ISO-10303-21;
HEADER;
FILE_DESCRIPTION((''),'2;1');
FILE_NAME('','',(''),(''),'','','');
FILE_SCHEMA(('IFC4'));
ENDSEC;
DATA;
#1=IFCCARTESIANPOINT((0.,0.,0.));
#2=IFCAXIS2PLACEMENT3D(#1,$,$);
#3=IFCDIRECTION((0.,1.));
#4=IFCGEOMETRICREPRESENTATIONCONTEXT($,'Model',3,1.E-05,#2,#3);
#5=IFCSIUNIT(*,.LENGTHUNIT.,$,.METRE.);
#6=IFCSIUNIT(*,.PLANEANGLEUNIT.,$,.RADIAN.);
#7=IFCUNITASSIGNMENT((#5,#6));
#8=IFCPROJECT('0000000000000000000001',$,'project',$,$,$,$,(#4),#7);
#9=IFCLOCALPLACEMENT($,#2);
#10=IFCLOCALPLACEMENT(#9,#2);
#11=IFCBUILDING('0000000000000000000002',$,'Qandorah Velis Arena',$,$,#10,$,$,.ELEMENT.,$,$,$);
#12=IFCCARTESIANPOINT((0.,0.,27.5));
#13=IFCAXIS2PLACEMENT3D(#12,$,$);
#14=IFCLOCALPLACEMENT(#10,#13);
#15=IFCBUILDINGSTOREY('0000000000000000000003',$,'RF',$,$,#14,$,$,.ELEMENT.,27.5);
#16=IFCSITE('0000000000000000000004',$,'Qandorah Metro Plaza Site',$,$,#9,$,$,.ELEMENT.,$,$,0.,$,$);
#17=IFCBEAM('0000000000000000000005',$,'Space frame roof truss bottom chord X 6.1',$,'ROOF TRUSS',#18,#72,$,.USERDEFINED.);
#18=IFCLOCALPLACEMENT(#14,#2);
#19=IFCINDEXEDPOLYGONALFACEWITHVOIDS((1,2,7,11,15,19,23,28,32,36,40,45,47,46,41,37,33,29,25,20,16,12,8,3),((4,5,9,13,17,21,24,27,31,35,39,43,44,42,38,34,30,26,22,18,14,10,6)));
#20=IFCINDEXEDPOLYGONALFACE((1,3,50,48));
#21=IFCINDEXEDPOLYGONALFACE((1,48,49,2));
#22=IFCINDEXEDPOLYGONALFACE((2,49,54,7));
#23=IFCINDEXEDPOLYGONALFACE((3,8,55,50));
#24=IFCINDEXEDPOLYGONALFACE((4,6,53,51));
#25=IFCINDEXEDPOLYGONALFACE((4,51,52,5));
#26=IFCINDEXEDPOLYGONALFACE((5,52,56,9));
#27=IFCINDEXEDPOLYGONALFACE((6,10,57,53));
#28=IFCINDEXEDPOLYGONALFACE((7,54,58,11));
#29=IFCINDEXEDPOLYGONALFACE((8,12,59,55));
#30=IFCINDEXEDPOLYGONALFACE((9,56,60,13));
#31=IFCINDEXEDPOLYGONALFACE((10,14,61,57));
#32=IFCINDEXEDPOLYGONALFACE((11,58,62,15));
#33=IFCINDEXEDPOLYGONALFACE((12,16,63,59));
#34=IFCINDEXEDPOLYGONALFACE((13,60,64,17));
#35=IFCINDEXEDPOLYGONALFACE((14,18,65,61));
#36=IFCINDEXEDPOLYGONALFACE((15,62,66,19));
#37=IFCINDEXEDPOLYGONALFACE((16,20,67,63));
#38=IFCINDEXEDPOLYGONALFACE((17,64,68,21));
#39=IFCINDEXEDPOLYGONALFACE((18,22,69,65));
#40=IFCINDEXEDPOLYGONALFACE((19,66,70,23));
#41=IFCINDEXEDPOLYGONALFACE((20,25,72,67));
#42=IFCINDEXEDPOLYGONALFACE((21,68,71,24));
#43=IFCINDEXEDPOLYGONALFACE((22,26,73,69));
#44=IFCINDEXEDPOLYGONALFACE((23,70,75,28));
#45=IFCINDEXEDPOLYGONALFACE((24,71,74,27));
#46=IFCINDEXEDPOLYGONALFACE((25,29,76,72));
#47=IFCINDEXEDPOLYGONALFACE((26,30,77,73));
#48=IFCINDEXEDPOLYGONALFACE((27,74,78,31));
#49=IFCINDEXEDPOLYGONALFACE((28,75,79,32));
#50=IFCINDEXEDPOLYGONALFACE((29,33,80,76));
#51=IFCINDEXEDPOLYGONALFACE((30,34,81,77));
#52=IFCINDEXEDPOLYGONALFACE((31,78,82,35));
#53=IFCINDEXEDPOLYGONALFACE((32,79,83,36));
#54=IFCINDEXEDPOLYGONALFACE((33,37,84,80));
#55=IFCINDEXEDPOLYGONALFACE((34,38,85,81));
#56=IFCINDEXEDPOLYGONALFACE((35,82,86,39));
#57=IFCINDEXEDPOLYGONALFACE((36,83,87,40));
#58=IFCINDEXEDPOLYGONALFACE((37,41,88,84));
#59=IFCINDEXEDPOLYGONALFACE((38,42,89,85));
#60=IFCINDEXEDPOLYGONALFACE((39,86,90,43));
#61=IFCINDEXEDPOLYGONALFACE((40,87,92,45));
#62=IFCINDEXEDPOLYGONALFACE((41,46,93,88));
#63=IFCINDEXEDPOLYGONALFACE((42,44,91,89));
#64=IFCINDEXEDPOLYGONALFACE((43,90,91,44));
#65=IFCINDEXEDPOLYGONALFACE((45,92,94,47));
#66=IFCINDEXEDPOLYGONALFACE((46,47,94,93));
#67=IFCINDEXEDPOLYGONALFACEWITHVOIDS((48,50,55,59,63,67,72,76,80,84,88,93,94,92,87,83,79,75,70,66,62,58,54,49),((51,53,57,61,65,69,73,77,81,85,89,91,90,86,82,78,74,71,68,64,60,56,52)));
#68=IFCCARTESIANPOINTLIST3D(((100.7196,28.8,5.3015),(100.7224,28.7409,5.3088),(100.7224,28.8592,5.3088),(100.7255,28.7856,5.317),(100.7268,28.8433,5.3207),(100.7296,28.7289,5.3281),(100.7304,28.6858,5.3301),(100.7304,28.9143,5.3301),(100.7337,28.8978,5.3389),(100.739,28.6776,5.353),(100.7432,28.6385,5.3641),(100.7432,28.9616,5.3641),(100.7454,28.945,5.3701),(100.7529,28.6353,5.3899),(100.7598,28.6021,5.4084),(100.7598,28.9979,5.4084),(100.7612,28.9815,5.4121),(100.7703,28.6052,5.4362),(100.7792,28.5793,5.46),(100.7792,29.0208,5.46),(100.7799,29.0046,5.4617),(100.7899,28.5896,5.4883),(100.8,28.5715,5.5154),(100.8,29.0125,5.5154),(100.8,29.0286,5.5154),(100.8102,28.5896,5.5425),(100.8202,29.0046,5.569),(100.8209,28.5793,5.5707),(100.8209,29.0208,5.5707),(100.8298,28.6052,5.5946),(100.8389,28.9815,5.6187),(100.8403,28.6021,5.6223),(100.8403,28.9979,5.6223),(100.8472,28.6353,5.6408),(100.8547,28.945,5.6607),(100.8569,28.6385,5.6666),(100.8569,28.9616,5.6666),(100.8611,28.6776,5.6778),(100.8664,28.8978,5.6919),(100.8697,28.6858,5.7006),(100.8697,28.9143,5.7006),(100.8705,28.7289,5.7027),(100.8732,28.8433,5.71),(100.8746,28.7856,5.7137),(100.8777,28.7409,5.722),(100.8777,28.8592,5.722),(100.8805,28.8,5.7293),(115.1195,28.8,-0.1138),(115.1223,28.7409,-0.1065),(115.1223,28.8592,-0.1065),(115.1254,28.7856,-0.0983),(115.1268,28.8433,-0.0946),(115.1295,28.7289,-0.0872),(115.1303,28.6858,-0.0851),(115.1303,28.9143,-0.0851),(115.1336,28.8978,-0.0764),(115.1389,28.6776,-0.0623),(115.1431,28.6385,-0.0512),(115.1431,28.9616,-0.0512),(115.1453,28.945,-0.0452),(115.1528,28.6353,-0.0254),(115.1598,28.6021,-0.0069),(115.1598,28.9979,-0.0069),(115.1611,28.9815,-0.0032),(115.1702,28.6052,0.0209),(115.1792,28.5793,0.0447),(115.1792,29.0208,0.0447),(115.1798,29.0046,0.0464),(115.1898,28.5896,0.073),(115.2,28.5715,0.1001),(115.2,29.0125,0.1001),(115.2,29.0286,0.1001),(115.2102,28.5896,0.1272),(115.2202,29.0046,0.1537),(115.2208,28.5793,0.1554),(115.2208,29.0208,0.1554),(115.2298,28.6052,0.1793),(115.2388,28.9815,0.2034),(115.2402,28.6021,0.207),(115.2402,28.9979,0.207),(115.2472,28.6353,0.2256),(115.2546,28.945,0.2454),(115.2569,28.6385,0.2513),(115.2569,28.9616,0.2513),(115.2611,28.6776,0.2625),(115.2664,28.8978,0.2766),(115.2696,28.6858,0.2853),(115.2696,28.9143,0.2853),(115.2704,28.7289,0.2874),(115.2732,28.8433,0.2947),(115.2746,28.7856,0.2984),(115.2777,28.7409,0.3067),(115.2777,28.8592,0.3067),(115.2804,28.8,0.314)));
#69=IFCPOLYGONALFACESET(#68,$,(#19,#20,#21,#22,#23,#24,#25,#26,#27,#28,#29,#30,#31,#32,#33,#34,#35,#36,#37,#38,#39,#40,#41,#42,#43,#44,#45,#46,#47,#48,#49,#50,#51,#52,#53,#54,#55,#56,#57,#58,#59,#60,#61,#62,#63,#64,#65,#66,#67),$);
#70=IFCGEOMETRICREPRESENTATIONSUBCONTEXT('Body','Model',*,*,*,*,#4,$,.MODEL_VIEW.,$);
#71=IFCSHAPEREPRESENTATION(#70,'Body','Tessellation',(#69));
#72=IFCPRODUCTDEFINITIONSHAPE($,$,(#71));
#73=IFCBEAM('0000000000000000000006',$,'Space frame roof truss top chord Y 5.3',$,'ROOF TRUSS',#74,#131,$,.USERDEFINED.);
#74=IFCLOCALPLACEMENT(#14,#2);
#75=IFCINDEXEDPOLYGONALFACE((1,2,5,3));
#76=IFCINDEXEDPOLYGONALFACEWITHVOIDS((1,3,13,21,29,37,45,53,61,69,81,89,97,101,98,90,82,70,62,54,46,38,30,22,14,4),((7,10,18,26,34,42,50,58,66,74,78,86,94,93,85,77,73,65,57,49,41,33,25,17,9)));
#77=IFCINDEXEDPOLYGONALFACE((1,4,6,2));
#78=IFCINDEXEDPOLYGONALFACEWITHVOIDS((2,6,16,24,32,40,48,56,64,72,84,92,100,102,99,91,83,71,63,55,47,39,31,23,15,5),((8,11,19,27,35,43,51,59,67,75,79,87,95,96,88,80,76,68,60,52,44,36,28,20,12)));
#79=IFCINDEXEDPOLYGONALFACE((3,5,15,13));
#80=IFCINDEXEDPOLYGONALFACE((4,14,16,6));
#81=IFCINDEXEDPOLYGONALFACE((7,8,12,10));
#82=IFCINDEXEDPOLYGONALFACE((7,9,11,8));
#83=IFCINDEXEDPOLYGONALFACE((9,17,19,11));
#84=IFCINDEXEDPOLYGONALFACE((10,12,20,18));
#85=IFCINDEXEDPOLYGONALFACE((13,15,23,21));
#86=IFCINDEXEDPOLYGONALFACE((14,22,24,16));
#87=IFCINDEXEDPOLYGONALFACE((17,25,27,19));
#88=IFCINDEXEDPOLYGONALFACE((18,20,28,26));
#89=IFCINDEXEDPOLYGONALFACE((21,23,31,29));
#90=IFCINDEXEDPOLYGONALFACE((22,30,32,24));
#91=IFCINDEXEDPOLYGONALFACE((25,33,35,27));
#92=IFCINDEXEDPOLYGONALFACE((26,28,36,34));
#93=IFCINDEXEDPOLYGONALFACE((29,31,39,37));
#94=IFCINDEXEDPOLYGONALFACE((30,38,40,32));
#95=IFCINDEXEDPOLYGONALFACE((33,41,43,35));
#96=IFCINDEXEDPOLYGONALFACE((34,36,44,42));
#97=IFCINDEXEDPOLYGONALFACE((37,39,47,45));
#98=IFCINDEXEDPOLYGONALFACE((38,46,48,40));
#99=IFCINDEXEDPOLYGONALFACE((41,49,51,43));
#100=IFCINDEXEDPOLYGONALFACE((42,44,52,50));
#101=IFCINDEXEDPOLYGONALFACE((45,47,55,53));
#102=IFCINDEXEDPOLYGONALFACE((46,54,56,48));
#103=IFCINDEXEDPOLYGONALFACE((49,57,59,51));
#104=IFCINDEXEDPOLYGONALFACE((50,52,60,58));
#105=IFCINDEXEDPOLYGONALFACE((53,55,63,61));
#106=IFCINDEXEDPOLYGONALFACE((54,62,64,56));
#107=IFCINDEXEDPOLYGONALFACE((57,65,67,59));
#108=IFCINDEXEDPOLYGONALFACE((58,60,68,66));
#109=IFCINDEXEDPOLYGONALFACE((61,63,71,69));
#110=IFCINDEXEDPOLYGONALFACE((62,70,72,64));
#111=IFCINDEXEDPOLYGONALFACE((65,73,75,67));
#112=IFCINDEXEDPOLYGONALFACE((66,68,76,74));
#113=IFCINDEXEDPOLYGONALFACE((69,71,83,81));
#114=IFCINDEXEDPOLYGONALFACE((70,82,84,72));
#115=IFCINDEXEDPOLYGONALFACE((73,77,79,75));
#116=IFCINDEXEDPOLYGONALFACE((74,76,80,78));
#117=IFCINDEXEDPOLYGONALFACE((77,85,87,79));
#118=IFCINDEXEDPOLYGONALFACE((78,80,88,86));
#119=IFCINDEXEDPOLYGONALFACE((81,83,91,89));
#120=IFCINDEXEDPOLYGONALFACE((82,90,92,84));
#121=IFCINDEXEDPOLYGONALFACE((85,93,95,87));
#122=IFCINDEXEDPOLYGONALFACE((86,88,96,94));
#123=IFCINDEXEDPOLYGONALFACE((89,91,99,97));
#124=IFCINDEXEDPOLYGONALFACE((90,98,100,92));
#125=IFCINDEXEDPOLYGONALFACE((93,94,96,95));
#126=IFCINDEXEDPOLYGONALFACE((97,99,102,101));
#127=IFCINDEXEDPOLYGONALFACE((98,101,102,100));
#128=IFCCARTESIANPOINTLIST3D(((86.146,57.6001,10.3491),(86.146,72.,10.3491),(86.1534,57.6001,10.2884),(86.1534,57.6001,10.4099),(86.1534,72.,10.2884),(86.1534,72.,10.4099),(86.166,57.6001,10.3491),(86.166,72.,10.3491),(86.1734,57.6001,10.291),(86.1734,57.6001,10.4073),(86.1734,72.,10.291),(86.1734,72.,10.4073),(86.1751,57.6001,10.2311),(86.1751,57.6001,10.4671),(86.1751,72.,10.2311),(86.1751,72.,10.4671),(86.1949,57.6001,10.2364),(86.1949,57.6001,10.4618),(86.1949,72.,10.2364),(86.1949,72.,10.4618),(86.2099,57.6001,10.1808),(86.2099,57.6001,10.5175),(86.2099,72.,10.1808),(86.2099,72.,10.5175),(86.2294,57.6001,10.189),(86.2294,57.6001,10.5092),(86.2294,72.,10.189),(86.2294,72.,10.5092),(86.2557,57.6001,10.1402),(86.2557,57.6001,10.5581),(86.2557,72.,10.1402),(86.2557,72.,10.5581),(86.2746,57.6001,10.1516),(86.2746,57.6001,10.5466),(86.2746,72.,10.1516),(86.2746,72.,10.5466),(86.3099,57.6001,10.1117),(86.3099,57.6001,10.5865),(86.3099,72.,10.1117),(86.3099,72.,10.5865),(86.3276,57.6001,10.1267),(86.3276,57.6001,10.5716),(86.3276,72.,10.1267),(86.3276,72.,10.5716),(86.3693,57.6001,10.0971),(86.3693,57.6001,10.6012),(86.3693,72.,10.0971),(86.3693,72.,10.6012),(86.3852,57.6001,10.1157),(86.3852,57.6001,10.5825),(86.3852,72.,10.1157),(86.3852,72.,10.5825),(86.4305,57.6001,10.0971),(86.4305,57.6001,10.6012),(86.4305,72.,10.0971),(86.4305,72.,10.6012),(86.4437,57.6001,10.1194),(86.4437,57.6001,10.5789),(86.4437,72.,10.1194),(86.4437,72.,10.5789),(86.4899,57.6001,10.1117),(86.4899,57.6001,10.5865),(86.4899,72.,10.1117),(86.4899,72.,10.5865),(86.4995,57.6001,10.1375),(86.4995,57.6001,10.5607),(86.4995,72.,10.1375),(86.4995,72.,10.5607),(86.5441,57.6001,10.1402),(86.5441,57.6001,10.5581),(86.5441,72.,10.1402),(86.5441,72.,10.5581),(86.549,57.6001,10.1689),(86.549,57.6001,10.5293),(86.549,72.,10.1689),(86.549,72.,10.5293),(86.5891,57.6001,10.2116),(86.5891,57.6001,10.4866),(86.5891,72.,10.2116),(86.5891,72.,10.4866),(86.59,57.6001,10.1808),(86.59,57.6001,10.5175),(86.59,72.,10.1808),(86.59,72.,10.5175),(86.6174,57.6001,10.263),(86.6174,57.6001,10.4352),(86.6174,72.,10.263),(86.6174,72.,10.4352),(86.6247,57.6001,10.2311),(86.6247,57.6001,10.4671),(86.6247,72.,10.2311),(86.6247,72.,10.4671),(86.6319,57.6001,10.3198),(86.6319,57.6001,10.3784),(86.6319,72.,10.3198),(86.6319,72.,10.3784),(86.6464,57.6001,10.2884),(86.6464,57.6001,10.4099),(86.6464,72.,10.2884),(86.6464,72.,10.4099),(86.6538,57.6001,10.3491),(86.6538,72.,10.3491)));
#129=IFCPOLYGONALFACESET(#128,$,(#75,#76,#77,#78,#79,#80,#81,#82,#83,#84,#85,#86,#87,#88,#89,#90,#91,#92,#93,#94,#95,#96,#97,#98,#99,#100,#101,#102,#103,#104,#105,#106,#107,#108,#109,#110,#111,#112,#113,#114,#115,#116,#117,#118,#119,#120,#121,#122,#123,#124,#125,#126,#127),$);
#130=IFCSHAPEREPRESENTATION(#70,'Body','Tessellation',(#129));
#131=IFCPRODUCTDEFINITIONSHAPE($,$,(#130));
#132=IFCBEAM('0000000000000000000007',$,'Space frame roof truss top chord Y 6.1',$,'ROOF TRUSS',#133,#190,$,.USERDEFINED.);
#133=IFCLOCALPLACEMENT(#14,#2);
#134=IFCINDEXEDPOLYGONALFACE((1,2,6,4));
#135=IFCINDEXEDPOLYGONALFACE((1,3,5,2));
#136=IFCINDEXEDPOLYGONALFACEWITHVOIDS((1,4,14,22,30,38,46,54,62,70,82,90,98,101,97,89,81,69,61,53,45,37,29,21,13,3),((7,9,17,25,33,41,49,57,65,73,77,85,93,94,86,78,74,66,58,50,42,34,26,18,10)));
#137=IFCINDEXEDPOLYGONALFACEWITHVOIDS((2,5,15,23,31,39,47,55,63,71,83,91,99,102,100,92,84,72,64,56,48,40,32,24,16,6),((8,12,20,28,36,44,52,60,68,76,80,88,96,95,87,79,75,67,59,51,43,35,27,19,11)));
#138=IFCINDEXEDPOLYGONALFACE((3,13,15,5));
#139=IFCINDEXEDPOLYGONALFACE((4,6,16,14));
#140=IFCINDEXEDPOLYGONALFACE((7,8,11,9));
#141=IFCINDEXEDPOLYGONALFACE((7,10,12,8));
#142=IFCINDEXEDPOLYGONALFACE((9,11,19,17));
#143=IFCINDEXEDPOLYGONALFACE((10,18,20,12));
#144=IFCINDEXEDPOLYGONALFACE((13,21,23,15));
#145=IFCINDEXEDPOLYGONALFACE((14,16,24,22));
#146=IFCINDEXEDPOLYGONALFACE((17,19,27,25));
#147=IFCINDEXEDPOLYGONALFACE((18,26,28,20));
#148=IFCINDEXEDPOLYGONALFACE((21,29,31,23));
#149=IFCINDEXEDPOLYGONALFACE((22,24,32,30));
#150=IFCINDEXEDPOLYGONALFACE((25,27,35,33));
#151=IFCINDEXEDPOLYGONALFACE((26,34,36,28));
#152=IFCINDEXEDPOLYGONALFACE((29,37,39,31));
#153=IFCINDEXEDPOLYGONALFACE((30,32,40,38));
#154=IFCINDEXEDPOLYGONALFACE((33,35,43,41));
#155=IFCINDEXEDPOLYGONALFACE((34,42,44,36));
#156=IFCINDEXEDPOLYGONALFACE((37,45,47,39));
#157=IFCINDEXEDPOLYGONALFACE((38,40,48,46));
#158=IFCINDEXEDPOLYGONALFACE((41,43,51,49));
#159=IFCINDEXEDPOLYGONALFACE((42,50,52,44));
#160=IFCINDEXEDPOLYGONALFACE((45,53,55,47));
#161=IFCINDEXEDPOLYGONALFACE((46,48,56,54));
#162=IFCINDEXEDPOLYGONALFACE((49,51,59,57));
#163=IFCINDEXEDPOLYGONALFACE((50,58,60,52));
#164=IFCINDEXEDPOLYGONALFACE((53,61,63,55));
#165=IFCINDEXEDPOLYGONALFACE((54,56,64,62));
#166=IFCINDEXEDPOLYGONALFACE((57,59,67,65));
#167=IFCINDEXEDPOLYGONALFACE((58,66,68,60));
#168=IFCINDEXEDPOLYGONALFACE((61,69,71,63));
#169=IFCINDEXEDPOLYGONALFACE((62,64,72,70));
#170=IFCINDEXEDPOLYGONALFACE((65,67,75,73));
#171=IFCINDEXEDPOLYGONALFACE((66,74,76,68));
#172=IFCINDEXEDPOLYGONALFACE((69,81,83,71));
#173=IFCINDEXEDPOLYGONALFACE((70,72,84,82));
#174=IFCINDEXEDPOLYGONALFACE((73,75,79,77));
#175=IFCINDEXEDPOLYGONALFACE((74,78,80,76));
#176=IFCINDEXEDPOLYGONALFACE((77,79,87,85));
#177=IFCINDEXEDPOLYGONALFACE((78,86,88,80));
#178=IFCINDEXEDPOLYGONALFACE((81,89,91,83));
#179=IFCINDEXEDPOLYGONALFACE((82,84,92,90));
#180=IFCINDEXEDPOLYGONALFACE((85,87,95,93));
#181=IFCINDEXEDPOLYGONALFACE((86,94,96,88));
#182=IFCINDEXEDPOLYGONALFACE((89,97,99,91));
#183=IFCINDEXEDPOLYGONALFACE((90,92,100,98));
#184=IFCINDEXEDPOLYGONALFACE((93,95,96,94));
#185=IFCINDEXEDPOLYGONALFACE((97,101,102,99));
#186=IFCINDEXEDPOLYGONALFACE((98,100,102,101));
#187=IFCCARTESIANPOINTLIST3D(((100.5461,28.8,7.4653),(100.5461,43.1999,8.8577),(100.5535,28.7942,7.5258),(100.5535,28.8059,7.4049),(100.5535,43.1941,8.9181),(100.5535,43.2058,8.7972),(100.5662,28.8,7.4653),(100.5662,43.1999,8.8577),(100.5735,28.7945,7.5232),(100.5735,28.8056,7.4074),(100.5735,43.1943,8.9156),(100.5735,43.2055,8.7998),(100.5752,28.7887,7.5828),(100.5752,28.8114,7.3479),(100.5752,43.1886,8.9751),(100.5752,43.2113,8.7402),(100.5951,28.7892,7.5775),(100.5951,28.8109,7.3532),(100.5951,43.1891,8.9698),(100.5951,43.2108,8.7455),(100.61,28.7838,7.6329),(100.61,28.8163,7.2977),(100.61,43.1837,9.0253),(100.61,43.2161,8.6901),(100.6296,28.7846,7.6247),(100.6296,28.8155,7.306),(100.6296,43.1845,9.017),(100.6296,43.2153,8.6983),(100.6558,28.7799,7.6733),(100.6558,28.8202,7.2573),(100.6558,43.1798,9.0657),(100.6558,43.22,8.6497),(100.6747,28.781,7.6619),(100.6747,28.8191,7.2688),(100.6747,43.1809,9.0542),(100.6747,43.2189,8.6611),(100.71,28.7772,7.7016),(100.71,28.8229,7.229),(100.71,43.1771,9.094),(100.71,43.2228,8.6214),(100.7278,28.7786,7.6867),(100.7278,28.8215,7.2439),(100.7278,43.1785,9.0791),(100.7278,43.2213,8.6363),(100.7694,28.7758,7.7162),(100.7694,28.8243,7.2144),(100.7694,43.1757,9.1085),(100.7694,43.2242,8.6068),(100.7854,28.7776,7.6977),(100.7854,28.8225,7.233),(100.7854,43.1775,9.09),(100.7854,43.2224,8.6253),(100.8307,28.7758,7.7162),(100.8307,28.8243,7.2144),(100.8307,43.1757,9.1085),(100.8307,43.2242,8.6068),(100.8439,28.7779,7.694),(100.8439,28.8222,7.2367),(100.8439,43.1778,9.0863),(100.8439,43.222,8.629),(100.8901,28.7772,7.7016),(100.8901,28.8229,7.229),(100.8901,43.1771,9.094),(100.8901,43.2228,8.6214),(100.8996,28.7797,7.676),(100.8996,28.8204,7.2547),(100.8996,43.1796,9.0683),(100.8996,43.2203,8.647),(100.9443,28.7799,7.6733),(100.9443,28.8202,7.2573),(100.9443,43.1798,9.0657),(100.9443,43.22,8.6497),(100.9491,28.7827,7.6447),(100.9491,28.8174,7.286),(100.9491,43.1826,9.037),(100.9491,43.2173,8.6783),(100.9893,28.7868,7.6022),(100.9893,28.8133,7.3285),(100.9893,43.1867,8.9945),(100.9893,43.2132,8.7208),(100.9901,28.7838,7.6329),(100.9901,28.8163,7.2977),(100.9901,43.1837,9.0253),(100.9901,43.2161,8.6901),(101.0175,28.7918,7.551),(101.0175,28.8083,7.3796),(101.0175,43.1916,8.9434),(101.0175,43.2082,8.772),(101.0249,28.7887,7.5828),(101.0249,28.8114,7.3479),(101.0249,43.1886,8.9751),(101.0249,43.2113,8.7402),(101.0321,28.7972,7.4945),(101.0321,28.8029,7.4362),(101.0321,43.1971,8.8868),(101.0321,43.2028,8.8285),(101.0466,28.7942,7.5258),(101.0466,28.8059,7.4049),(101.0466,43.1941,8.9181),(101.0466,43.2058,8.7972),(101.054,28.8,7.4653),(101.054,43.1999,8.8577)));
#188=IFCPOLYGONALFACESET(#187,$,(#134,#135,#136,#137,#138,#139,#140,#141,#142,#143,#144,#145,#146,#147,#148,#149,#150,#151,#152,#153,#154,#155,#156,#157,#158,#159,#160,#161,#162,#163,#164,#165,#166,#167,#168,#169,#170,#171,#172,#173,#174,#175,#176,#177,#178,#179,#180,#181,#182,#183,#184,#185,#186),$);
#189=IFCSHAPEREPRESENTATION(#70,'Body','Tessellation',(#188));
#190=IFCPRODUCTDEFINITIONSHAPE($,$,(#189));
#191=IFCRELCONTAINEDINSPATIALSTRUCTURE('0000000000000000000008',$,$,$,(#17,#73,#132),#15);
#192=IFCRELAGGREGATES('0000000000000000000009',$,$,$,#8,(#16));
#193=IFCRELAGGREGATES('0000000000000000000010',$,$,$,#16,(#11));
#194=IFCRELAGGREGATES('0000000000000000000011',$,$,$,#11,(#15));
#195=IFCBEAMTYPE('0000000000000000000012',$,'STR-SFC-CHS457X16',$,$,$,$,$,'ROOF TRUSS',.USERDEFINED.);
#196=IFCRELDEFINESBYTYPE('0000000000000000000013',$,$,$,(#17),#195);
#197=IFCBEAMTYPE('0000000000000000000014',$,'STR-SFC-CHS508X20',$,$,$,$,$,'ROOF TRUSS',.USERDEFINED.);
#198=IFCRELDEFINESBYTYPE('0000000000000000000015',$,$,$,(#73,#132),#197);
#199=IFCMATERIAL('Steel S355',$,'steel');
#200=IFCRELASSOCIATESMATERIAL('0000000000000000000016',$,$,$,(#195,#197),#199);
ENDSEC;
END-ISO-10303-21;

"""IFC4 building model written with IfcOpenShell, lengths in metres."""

from ifc_helpers import new_model, si_unit, direction, frame, origin, origin_2d, place, context, subcontext, project, spatial, hollow_circle, extrude, material, material_profile, profile_set, type_object, element, save


model = new_model("IFC4")

# Units and contexts
model_context = context("Model", 3, precision=1e-05, world=origin(), true_north=direction((0.0, 1.0)))
body_context = subcontext(model_context, "Body", "Model", "MODEL_VIEW")
ifc_project = project(units=[si_unit("LENGTHUNIT", "METRE"), si_unit("PLANEANGLEUNIT", "RADIAN")], contexts=[model_context])

# Site, building, storey
site_placement = place(None, origin())
site = spatial("IfcSite", under=ifc_project, at=site_placement, Name="Qandorah Metro Plaza Site", CompositionType="ELEMENT", RefElevation=0.0)
building_placement = place(site_placement, origin())
building = spatial("IfcBuilding", under=site, at=building_placement, Name="Qandorah Velis Arena", CompositionType="ELEMENT")
storey_placement = place(building_placement, frame((0.0, 0.0, 27.5)))
storey = spatial("IfcBuildingStorey", under=building, at=storey_placement, Name="RF", CompositionType="ELEMENT", Elevation=27.5)

# Shared definitions
ifc_material_1 = material(Name="Steel S355", Category="steel")

# Beams
ifc_material_profile_1 = material_profile(ifc_material_1, hollow_circle(Radius=0.2285, WallThickness=0.0161, at=origin_2d()), Name="CHS 457x16")
ifc_profile_set_1 = profile_set([ifc_material_profile_1], Name="Steel S355")
beam_type_1 = type_object("IfcBeamType", Name="STR-SFC-CHS457X16", ElementType="ROOF TRUSS", PredefinedType="USERDEFINED", material=ifc_profile_set_1)
beam_1_placement = place(storey_placement, frame((100.8, 28.8, 5.5154), z_axis=(0.936001, 0.0, -0.351996), x_axis=(0.0, 1.0, 0.0)))
element("IfcBeam", 1, at=beam_1_placement, inside=storey, type_object=beam_type_1, Name="Space frame roof truss bottom chord X 6.1", ObjectType="ROOF TRUSS", PredefinedType="USERDEFINED", context=body_context, shape_type="SweptSolid", body=[
    extrude(hollow_circle(Radius=0.2285, WallThickness=0.0161, at=origin_2d()), origin(), (0.0, 0.0, 1.0), 15.3845),
])
ifc_material_profile_2 = material_profile(ifc_material_1, hollow_circle(Radius=0.2539, WallThickness=0.02, at=origin_2d()), Name="CHS 508x20")
ifc_profile_set_2 = profile_set([ifc_material_profile_2], Name="Steel S355")
beam_type_2 = type_object("IfcBeamType", Name="STR-SFC-CHS508X20", ElementType="ROOF TRUSS", PredefinedType="USERDEFINED", material=ifc_profile_set_2)
beam_2_placement = place(storey_placement, frame((86.3999, 57.6001, 10.3491), z_axis=(0.0, 1.0, 0.0), x_axis=(-1.0, 0.0, 0.0)))
element("IfcBeam", 2, at=beam_2_placement, inside=storey, type_object=beam_type_2, Name="Space frame roof truss top chord Y 5.3", ObjectType="ROOF TRUSS", PredefinedType="USERDEFINED", context=body_context, shape_type="SweptSolid", body=[
    extrude(hollow_circle(Radius=0.2539, WallThickness=0.02, at=origin_2d()), origin(), (0.0, 0.0, 1.0), 14.3999),
])
beam_3_placement = place(storey_placement, frame((100.8, 28.8, 7.4653), z_axis=(0.0, 0.995358, 0.096242), x_axis=(-1.0, 0.0, 0.0)))
element("IfcBeam", 3, at=beam_3_placement, inside=storey, type_object=beam_type_2, Name="Space frame roof truss top chord Y 6.1", ObjectType="ROOF TRUSS", PredefinedType="USERDEFINED", context=body_context, shape_type="SweptSolid", body=[
    extrude(hollow_circle(Radius=0.2539, WallThickness=0.02, at=origin_2d()), origin(), (0.0, 0.0, 1.0), 14.467),
])

save(model, "model.ifc")
